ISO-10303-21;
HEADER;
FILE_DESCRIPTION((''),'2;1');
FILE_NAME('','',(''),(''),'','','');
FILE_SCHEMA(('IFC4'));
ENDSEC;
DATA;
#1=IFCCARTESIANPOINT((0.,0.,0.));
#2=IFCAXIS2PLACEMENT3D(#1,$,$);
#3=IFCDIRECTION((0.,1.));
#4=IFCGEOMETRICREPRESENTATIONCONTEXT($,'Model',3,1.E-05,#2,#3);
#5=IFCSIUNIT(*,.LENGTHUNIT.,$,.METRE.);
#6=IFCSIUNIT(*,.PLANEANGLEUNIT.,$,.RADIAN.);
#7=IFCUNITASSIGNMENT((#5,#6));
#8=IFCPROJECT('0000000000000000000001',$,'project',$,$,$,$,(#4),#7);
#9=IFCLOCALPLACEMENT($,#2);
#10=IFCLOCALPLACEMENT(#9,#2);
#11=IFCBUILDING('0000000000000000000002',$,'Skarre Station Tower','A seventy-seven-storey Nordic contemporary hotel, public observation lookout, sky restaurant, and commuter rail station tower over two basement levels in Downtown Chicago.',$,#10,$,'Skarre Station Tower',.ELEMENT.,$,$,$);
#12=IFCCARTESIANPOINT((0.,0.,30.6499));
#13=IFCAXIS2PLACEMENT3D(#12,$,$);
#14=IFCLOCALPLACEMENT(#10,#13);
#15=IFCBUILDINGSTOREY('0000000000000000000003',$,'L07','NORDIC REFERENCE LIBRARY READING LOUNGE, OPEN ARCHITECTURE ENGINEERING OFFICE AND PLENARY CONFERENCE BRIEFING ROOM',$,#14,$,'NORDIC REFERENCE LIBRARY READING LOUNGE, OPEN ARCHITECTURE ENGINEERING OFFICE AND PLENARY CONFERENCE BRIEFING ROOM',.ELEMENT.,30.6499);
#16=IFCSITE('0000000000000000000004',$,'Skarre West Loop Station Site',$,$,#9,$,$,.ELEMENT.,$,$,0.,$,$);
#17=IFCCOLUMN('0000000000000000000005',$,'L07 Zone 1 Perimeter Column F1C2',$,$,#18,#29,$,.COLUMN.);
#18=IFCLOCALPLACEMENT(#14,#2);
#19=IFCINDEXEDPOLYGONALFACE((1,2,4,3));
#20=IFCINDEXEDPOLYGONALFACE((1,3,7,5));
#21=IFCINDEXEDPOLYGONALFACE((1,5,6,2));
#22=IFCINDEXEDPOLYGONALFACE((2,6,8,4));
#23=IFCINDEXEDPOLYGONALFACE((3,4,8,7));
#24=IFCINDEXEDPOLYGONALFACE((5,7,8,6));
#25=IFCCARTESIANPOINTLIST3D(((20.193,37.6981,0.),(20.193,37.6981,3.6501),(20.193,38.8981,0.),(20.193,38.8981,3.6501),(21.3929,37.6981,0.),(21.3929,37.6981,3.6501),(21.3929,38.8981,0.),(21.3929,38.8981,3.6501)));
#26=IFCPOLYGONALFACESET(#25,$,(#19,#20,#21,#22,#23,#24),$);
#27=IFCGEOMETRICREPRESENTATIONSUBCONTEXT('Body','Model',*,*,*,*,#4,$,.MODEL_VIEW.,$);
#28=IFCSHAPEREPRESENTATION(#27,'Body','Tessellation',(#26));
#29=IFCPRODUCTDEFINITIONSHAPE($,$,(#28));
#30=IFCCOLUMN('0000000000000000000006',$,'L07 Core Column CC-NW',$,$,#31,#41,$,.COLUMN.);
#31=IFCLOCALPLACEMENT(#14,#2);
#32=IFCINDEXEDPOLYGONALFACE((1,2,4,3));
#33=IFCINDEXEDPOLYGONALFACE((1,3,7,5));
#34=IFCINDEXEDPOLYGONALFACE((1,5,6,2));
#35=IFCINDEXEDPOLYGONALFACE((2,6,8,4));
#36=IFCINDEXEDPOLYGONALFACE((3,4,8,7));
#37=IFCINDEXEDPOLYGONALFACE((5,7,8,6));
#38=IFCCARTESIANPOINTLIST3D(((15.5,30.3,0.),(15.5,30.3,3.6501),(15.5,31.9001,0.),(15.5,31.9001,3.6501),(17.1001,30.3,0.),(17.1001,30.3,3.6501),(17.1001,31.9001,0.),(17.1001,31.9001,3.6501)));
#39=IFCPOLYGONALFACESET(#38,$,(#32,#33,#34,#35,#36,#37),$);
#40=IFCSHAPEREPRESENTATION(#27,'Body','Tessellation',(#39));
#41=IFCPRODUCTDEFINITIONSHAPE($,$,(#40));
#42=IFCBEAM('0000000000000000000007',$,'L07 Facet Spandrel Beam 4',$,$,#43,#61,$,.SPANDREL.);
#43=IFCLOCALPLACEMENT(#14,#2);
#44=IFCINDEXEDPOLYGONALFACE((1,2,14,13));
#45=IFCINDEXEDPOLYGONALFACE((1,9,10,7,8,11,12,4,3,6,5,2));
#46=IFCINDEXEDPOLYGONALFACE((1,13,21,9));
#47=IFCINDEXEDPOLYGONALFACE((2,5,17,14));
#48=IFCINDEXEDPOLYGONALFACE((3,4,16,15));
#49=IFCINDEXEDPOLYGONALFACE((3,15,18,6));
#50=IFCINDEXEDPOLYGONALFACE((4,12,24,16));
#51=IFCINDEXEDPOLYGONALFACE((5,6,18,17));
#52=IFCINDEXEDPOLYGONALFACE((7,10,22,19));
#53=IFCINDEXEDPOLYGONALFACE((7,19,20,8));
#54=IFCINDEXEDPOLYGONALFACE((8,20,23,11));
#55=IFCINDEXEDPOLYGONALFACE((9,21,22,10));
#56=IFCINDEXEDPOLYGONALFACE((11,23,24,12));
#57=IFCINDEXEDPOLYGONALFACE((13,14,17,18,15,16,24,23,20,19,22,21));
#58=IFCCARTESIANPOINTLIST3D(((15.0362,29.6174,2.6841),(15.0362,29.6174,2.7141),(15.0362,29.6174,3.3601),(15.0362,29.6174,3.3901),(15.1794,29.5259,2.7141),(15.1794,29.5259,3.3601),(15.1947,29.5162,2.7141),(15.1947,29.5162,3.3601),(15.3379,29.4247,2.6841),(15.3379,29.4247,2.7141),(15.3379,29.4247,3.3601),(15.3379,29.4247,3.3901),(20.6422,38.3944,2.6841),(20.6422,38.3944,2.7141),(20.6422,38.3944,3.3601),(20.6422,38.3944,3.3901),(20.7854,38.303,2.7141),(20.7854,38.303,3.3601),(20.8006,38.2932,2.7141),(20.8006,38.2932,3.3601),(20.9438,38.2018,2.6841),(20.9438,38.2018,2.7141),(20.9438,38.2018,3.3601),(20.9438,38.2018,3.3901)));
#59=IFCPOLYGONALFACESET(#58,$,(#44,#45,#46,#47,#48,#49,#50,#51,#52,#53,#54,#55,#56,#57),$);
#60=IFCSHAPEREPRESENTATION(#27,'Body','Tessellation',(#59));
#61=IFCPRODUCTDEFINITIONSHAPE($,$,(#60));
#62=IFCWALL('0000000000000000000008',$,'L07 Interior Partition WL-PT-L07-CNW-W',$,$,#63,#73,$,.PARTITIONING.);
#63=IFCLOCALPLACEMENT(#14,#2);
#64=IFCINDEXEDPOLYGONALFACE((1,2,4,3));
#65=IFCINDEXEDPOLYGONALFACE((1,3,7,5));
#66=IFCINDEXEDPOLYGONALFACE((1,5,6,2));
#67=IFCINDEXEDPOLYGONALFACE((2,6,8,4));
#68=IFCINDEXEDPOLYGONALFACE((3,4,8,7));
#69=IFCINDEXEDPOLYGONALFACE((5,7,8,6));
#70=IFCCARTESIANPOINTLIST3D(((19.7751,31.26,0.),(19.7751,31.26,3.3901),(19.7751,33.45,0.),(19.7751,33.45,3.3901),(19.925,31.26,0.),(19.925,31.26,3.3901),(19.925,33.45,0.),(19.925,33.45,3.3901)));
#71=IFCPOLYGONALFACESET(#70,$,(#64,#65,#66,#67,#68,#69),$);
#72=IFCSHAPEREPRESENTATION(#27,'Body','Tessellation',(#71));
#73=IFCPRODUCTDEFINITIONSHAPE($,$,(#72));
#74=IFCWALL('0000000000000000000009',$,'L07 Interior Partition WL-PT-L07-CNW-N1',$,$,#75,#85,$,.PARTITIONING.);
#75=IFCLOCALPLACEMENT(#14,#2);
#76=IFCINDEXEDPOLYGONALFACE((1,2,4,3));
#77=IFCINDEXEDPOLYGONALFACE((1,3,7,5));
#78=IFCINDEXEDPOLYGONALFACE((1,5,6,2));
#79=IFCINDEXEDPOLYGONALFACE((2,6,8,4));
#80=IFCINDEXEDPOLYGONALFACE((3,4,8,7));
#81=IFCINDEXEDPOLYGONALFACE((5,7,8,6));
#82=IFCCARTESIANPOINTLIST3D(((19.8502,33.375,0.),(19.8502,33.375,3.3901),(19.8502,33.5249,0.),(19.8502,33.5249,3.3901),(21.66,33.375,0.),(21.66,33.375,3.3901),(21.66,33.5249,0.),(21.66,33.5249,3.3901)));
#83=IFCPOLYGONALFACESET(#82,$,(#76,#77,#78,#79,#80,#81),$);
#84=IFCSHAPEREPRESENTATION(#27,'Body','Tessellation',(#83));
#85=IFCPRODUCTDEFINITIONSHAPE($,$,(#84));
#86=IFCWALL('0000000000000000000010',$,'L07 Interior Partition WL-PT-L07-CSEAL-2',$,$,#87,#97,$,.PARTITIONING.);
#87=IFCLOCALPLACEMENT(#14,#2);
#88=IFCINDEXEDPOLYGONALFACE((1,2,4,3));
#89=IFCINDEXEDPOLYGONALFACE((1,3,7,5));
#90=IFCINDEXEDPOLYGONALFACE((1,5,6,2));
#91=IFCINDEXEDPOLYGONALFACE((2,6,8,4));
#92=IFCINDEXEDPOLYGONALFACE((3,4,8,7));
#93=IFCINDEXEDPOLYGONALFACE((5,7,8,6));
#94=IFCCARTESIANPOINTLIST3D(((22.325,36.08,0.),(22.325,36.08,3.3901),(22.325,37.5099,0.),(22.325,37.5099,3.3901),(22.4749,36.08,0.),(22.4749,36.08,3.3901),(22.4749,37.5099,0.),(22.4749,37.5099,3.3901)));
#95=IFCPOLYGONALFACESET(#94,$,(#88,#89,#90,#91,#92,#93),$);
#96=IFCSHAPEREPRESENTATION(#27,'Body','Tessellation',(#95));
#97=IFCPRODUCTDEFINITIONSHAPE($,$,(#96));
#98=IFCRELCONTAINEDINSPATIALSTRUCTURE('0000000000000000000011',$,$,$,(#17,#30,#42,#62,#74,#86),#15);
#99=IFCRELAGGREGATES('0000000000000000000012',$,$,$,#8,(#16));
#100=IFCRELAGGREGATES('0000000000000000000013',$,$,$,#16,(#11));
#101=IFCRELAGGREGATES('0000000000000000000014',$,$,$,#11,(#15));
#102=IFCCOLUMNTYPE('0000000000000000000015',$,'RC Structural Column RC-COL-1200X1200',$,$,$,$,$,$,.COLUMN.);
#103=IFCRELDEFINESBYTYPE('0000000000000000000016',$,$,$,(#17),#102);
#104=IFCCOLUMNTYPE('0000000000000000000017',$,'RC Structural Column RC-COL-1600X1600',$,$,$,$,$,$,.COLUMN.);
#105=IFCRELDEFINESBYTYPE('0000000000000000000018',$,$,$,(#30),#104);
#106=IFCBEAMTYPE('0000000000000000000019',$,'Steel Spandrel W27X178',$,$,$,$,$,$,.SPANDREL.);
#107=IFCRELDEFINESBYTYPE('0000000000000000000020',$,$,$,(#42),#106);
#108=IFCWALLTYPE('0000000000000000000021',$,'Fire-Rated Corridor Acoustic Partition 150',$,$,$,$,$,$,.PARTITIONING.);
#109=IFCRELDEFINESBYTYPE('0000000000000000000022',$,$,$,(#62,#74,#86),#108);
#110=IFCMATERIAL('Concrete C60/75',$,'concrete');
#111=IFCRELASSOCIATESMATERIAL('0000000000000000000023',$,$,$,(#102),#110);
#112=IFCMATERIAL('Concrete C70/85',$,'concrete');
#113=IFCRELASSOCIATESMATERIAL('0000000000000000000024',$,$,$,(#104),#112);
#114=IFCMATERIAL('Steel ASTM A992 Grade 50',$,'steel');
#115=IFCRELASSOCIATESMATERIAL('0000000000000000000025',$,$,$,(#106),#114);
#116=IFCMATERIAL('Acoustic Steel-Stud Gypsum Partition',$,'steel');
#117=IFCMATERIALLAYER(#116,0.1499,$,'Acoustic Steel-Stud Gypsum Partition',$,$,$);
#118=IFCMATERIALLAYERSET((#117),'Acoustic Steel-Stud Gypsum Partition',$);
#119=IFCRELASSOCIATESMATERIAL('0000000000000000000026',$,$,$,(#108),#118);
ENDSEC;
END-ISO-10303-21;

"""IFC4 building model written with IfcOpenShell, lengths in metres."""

from ifc_helpers import new_model, si_unit, direction, frame, frame_2d, origin, origin_2d, place, context, subcontext, project, spatial, rectangle, i_section, extrude, material, layer, layer_set, material_profile, profile_set, type_object, element, save


model = new_model("IFC4")

# Units and contexts
model_context = context("Model", 3, precision=1e-05, world=origin(), true_north=direction((0.0, 1.0)))
body_context = subcontext(model_context, "Body", "Model", "MODEL_VIEW")
ifc_project = project(units=[si_unit("LENGTHUNIT", "METRE"), si_unit("PLANEANGLEUNIT", "RADIAN")], contexts=[model_context])

# Site, building, storey
site_placement = place(None, origin())
site = spatial("IfcSite", under=ifc_project, at=site_placement, Name="Skarre West Loop Station Site", CompositionType="ELEMENT", RefElevation=0.0)
building_placement = place(site_placement, origin())
building = spatial("IfcBuilding", under=site, at=building_placement, Name="Skarre Station Tower", Description="A seventy-seven-storey Nordic contemporary hotel, public observation lookout, sky restaurant, and commuter rail station tower over two basement levels in Downtown Chicago.", LongName="Skarre Station Tower", CompositionType="ELEMENT")
storey_placement = place(building_placement, frame((0.0, 0.0, 30.6499)))
storey = spatial("IfcBuildingStorey", under=building, at=storey_placement, Name="L07", Description="NORDIC REFERENCE LIBRARY READING LOUNGE, OPEN ARCHITECTURE ENGINEERING OFFICE AND PLENARY CONFERENCE BRIEFING ROOM", LongName="NORDIC REFERENCE LIBRARY READING LOUNGE, OPEN ARCHITECTURE ENGINEERING OFFICE AND PLENARY CONFERENCE BRIEFING ROOM", CompositionType="ELEMENT", Elevation=30.6499)

# Columns
ifc_material_1 = material(Name="Concrete C60/75", Category="concrete")
ifc_material_profile_1 = material_profile(ifc_material_1, rectangle(XDim=1.2, YDim=1.2, at=origin_2d()), Name="Concrete C60/75")
ifc_profile_set_1 = profile_set([ifc_material_profile_1], Name="Concrete C60/75")
column_type_1 = type_object("IfcColumnType", Name="RC Structural Column RC-COL-1200X1200", PredefinedType="COLUMN", material=ifc_profile_set_1)
column_1_placement = place(storey_placement, frame((20.793, 38.2981, 0.0), z_axis=(0.0, 0.0, 1.0), x_axis=(1.0, 0.0, 0.0)))
element("IfcColumn", 1, at=column_1_placement, inside=storey, type_object=column_type_1, Name="L07 Zone 1 Perimeter Column F1C2", PredefinedType="COLUMN", context=body_context, shape_type="SweptSolid", body=[
    extrude(rectangle(XDim=1.2, YDim=1.2, at=origin_2d()), origin(), (0.0, 0.0, 1.0), 3.6501),
])
ifc_material_2 = material(Name="Concrete C70/85", Category="concrete")
ifc_material_profile_2 = material_profile(ifc_material_2, rectangle(XDim=1.6001, YDim=1.6001, at=origin_2d()), Name="Concrete C70/85")
ifc_profile_set_2 = profile_set([ifc_material_profile_2], Name="Concrete C70/85")
column_type_2 = type_object("IfcColumnType", Name="RC Structural Column RC-COL-1600X1600", PredefinedType="COLUMN", material=ifc_profile_set_2)
column_2_placement = place(storey_placement, frame((16.3, 31.1001, 0.0), z_axis=(0.0, 0.0, 1.0), x_axis=(1.0, 0.0, 0.0)))
element("IfcColumn", 2, at=column_2_placement, inside=storey, type_object=column_type_2, Name="L07 Core Column CC-NW", PredefinedType="COLUMN", context=body_context, shape_type="SweptSolid", body=[
    extrude(rectangle(XDim=1.6001, YDim=1.6001, at=origin_2d()), origin(), (0.0, 0.0, 1.0), 3.6501),
])

# Beam
ifc_material_3 = material(Name="Steel ASTM A992 Grade 50", Category="steel")
ifc_material_profile_3 = material_profile(ifc_material_3, i_section(OverallWidth=0.3579, OverallDepth=0.7061, WebThickness=0.0181, FlangeThickness=0.03, at=origin_2d()), Name="Steel ASTM A992 Grade 50")
ifc_profile_set_3 = profile_set([ifc_material_profile_3], Name="Steel ASTM A992 Grade 50")
beam_type = type_object("IfcBeamType", Name="Steel Spandrel W27X178", PredefinedType="SPANDREL", material=ifc_profile_set_3)
beam_placement = place(storey_placement, frame((20.793, 38.2981, 3.0371), z_axis=(-0.538278, -0.842767, 0.0), x_axis=(0.842767, -0.538278, 0.0)))
element("IfcBeam", 3, at=beam_placement, inside=storey, type_object=beam_type, Name="L07 Facet Spandrel Beam 4", PredefinedType="SPANDREL", context=body_context, shape_type="SweptSolid", body=[
    extrude(i_section(OverallWidth=0.3579, OverallDepth=0.7061, WebThickness=0.0181, FlangeThickness=0.03, at=origin_2d()), origin(), (0.0, 0.0, 1.0), 10.4146),
])

# Walls
ifc_material_4 = material(Name="Acoustic Steel-Stud Gypsum Partition", Category="steel")
ifc_layer_1 = layer(ifc_material_4, 0.1499, Name="Acoustic Steel-Stud Gypsum Partition")
ifc_layer_set_1 = layer_set([ifc_layer_1], Name="Acoustic Steel-Stud Gypsum Partition")
wall_type_1 = type_object("IfcWallType", Name="Fire-Rated Corridor Acoustic Partition 150", PredefinedType="PARTITIONING", material=ifc_layer_set_1)
wall_1_placement = place(storey_placement, frame((19.8501, 33.45, 0.0), z_axis=(0.0, 0.0, 1.0), x_axis=(0.0, -1.0, 0.0)))
element("IfcWall", 4, at=wall_1_placement, inside=storey, type_object=wall_type_1, Name="L07 Interior Partition WL-PT-L07-CNW-W", PredefinedType="PARTITIONING", context=body_context, shape_type="SweptSolid", body=[
    extrude(rectangle(XDim=2.1899, YDim=0.1499, at=frame_2d((1.095, 0.0))), origin(), (0.0, 0.0, 1.0), 3.3901),
])
wall_2_placement = place(storey_placement, frame((21.6599, 33.45, 0.0), z_axis=(0.0, 0.0, 1.0), x_axis=(-1.0, 0.0, 0.0)))
element("IfcWall", 5, at=wall_2_placement, inside=storey, type_object=wall_type_1, Name="L07 Interior Partition WL-PT-L07-CNW-N1", PredefinedType="PARTITIONING", context=body_context, shape_type="SweptSolid", body=[
    extrude(rectangle(XDim=1.8098, YDim=0.1499, at=frame_2d((0.9048, 0.0))), origin(), (0.0, 0.0, 1.0), 3.3901),
])
wall_3_placement = place(storey_placement, frame((22.3999, 36.0801, 0.0), z_axis=(0.0, 0.0, 1.0), x_axis=(0.0, 1.0, 0.0)))
element("IfcWall", 6, at=wall_3_placement, inside=storey, type_object=wall_type_1, Name="L07 Interior Partition WL-PT-L07-CSEAL-2", PredefinedType="PARTITIONING", context=body_context, shape_type="SweptSolid", body=[
    extrude(rectangle(XDim=1.4299, YDim=0.1499, at=frame_2d((0.7148, 0.0))), origin(), (0.0, 0.0, 1.0), 3.3901),
])

save(model, "model.ifc")
